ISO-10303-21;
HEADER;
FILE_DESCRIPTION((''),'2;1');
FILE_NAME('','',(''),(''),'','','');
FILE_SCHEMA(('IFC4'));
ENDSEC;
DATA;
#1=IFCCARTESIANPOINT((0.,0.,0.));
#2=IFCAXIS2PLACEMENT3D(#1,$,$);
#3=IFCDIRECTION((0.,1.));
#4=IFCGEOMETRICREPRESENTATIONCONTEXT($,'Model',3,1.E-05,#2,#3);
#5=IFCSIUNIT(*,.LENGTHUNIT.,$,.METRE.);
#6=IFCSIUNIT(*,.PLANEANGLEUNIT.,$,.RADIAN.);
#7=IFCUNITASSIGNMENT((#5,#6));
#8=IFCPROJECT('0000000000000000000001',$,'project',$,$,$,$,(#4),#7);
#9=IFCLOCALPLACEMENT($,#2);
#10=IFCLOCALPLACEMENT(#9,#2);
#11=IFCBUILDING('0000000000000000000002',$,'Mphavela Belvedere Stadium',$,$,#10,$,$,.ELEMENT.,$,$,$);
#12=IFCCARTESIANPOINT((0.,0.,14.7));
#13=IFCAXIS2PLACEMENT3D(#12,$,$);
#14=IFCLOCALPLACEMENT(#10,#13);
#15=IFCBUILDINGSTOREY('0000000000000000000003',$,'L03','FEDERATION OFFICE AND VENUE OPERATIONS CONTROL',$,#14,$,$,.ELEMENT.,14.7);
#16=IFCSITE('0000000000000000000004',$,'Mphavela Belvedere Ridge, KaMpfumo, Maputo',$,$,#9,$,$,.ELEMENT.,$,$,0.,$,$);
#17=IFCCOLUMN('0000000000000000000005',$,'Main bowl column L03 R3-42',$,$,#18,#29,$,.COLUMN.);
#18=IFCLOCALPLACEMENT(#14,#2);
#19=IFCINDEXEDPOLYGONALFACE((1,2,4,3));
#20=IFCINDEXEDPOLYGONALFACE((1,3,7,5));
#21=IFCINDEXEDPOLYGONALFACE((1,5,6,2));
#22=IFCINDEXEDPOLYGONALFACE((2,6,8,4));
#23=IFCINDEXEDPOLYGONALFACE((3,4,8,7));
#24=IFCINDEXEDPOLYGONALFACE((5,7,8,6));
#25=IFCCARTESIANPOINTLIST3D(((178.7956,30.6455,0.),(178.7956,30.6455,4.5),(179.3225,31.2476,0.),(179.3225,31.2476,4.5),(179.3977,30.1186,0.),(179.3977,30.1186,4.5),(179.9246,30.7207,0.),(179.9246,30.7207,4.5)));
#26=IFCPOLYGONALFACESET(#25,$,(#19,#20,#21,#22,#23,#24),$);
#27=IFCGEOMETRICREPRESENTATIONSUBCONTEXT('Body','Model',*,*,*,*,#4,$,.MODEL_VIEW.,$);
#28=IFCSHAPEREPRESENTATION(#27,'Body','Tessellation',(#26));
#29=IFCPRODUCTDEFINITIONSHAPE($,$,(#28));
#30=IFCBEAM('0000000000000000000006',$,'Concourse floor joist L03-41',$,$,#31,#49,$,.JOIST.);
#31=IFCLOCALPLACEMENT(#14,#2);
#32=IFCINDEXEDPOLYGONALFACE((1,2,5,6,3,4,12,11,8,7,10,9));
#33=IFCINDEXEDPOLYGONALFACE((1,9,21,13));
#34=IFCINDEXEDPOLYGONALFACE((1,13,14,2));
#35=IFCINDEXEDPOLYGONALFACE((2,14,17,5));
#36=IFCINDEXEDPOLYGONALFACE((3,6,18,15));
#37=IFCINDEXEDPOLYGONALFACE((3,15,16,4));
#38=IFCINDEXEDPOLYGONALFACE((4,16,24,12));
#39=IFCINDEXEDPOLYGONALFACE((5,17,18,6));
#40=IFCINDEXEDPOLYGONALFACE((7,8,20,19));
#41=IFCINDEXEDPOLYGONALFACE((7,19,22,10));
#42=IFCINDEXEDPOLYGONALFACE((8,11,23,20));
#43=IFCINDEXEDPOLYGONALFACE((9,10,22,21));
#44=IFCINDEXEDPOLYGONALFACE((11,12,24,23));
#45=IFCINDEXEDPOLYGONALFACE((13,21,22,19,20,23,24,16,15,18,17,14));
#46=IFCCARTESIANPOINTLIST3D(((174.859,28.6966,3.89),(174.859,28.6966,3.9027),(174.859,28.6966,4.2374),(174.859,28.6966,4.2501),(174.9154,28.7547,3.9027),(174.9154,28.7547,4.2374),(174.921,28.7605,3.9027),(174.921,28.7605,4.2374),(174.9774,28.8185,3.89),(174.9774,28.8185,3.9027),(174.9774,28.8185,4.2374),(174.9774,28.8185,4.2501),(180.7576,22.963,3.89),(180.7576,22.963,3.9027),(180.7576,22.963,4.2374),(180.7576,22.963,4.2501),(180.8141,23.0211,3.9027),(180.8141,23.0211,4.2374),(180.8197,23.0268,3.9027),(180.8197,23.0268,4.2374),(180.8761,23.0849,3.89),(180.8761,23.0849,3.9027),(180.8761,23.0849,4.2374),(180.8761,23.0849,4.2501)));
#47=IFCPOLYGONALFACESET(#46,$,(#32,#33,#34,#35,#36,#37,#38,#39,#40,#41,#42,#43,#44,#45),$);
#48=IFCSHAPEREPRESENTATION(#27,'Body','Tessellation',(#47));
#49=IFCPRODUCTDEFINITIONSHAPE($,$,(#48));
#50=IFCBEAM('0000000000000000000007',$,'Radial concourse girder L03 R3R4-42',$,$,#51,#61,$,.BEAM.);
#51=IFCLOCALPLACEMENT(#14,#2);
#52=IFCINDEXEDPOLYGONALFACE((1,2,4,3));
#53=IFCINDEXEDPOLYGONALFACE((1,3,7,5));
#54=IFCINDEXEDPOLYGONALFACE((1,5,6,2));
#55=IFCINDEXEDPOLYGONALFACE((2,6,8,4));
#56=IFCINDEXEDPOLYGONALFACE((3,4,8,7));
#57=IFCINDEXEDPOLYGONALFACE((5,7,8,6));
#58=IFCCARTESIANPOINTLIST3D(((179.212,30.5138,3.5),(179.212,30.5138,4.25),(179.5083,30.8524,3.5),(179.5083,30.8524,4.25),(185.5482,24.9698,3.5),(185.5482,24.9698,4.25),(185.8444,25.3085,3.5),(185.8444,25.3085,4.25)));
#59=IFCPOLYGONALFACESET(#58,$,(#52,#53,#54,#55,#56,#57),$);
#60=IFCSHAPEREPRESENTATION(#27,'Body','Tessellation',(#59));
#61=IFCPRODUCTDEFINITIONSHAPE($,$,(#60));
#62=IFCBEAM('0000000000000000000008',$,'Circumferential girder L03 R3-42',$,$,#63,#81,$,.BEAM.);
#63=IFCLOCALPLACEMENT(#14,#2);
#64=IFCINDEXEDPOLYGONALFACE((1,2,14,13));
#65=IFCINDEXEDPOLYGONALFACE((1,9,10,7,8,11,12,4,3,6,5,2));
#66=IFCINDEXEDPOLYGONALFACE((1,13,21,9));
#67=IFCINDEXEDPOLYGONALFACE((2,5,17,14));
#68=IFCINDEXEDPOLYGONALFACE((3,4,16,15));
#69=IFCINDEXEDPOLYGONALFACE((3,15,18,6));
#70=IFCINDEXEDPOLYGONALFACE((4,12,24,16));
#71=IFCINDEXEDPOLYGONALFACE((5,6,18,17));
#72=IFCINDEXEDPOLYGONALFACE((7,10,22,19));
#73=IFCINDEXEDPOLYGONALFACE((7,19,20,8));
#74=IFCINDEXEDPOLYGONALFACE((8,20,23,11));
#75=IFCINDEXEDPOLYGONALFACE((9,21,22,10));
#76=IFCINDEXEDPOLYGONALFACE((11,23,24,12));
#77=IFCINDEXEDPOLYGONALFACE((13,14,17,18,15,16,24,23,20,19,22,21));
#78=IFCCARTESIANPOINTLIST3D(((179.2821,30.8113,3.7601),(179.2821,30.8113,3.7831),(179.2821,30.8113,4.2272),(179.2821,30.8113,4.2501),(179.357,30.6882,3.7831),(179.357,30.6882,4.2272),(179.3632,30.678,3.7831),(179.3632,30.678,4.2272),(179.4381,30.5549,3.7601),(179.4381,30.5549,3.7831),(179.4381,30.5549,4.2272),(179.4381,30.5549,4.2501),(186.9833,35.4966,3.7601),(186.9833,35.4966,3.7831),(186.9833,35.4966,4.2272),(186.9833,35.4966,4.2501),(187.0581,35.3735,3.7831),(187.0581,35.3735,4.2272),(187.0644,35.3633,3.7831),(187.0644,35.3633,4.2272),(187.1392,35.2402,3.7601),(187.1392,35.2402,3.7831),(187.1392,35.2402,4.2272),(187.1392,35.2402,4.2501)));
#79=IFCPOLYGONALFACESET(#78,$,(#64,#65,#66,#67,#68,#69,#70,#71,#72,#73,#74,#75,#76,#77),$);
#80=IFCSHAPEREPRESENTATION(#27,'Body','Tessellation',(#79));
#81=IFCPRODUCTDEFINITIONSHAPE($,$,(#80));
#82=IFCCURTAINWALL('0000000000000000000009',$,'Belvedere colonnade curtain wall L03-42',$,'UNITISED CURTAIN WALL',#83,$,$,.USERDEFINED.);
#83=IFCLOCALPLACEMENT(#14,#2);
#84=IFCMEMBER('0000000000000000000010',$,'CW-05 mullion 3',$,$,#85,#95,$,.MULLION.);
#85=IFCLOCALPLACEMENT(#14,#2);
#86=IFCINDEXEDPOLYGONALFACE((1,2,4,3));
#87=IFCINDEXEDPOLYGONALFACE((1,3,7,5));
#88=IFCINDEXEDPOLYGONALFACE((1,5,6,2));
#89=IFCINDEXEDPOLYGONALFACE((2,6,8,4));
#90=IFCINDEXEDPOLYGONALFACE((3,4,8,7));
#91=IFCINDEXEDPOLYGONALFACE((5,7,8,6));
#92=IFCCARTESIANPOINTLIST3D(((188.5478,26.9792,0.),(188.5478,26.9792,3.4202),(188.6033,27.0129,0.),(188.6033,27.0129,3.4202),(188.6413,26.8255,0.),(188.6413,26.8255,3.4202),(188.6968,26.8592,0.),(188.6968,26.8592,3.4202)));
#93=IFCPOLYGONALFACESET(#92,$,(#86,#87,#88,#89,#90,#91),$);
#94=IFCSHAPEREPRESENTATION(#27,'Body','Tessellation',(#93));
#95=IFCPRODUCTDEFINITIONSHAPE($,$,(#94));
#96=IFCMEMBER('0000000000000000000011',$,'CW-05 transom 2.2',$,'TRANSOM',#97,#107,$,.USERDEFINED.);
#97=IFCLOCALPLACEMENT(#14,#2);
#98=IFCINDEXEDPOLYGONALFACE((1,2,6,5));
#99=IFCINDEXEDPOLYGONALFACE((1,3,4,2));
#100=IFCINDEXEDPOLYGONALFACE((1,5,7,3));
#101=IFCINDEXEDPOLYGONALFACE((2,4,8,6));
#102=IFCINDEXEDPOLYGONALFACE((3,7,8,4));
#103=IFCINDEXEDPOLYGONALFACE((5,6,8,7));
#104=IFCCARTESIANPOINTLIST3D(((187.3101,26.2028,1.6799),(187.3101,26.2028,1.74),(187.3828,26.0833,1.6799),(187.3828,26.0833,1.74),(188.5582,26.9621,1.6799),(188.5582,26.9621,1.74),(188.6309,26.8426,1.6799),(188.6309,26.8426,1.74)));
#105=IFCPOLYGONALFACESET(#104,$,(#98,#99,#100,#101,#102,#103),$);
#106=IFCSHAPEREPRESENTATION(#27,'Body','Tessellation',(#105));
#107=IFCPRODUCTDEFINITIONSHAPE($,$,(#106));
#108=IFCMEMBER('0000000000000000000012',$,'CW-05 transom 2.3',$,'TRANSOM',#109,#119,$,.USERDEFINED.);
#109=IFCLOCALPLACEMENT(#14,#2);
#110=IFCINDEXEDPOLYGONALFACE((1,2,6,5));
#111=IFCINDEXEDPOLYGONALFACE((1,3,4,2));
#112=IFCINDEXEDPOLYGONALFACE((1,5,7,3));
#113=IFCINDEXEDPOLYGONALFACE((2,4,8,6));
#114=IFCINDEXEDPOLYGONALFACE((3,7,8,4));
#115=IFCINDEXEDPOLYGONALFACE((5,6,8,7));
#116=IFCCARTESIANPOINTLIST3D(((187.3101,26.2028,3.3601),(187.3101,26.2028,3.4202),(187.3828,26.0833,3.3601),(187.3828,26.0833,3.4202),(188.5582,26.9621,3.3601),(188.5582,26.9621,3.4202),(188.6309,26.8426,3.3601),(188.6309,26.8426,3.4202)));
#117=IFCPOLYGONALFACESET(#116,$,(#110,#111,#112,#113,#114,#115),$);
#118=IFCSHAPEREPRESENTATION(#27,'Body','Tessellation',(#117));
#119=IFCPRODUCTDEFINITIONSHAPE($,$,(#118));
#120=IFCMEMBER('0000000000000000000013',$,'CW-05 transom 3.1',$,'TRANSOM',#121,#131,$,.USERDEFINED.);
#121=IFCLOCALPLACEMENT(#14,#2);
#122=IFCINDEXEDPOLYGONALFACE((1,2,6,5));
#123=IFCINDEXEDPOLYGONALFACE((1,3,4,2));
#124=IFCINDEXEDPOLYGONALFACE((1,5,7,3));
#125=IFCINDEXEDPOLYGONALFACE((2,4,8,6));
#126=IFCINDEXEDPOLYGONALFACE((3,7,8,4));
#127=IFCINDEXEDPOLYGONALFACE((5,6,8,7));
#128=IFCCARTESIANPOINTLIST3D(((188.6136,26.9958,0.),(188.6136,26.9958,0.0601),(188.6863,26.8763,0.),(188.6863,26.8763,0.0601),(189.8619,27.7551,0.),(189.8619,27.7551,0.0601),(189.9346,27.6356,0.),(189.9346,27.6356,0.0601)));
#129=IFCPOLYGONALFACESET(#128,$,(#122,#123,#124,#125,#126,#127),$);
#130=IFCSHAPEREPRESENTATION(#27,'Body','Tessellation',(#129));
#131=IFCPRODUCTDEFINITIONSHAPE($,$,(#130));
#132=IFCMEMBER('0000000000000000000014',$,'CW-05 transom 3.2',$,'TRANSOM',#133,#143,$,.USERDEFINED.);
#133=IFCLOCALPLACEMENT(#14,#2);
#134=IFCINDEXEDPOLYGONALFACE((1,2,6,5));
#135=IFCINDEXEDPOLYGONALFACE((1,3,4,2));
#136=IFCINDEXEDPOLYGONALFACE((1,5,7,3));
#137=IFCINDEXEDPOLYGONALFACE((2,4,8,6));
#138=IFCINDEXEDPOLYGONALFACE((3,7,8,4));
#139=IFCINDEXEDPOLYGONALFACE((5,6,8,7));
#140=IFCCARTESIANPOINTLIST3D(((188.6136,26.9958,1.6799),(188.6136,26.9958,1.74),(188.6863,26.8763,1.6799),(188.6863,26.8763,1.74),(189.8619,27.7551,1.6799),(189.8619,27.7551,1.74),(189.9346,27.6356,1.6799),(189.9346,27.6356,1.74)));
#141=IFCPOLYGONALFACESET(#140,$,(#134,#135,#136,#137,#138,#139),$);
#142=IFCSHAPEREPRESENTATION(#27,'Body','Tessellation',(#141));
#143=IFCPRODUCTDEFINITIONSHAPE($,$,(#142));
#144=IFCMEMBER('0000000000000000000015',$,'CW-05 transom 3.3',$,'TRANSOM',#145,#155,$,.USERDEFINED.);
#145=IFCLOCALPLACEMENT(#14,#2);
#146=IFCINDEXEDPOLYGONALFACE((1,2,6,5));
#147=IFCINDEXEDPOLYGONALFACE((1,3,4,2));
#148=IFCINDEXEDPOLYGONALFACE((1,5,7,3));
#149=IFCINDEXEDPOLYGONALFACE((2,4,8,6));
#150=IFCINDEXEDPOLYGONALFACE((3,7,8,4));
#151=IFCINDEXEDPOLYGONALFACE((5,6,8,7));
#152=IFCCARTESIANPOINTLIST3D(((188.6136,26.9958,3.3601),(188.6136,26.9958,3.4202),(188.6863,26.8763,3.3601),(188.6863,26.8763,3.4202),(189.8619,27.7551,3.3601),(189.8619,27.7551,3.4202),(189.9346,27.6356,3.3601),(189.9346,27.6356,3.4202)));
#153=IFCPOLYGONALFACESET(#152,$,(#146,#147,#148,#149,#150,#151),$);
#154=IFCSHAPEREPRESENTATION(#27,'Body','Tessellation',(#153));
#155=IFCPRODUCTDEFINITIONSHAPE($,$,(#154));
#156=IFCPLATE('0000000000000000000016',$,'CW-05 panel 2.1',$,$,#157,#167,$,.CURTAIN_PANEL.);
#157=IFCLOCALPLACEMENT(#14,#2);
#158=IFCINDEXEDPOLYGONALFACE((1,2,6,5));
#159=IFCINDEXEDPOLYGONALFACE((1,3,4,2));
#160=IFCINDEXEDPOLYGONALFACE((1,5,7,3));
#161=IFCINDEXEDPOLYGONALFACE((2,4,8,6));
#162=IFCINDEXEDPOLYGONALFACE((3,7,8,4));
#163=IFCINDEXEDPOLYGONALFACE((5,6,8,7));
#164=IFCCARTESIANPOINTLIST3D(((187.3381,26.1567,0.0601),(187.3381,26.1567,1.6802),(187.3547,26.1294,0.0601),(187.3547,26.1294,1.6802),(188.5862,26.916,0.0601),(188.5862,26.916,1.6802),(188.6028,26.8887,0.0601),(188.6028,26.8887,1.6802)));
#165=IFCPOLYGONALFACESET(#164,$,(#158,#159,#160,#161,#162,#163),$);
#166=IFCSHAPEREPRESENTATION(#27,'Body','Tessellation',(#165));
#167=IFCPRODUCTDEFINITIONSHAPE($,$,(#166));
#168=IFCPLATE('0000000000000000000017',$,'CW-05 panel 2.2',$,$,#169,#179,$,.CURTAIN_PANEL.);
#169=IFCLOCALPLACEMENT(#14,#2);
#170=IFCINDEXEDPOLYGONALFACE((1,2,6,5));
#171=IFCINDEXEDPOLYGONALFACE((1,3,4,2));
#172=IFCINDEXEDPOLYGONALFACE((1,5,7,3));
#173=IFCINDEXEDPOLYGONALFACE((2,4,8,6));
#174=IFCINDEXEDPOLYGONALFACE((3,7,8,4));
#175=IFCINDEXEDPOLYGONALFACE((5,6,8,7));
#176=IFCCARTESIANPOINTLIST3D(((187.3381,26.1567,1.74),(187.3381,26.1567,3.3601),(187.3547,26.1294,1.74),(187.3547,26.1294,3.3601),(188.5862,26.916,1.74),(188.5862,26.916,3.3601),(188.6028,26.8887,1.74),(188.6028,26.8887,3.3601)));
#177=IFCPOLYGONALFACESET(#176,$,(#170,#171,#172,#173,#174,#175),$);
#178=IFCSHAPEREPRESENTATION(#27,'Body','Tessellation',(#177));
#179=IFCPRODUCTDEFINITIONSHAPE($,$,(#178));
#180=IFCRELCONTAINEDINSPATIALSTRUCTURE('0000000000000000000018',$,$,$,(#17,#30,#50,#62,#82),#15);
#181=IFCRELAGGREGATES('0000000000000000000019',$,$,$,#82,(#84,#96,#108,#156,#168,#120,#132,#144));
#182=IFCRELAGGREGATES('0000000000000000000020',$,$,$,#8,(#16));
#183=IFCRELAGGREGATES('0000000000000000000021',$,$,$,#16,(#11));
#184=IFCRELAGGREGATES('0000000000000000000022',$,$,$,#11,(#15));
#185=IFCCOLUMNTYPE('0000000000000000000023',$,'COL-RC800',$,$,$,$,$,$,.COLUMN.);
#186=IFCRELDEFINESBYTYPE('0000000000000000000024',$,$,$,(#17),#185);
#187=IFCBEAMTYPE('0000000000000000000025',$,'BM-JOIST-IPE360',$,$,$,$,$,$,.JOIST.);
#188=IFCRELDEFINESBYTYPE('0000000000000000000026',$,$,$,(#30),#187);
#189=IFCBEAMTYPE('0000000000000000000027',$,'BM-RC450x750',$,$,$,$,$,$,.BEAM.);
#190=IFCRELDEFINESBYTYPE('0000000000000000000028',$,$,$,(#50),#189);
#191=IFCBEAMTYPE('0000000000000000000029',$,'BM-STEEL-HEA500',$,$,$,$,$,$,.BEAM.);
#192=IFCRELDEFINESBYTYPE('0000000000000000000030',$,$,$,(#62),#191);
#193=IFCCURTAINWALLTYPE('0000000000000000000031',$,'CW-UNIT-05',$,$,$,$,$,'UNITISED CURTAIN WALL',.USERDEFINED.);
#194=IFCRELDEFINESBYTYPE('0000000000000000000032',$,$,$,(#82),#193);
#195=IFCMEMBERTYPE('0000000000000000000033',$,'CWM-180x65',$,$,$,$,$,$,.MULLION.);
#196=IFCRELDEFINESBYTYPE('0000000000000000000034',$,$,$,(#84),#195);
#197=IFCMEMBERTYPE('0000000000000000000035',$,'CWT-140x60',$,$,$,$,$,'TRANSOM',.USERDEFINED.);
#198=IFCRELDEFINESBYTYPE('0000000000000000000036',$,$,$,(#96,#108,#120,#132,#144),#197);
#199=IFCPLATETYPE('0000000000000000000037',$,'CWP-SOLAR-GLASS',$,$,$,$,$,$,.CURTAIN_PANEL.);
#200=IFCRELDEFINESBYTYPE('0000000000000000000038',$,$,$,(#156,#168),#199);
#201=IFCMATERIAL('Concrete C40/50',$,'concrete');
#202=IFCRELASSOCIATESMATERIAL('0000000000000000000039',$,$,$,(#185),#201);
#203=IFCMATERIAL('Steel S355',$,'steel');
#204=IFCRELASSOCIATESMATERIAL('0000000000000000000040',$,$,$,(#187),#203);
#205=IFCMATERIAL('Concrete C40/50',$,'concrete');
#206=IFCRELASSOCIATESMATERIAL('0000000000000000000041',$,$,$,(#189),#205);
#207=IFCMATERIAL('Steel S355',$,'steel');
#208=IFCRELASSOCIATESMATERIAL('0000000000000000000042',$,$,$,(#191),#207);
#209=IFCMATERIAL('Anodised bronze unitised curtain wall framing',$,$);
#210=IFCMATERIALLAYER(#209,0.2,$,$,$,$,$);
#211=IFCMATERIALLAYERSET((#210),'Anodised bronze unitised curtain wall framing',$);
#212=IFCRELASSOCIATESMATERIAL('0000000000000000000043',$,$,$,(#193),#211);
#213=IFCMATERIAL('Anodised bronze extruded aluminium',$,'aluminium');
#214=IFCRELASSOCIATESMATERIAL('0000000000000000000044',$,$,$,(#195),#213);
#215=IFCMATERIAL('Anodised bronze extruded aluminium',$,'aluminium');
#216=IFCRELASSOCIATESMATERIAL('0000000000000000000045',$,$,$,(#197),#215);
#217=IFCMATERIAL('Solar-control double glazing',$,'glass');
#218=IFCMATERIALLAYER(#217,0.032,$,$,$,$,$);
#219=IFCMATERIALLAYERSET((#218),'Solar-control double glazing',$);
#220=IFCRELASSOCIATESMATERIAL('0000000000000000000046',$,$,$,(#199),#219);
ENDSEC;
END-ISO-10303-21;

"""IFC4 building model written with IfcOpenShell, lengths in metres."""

from ifc_helpers import new_model, si_unit, direction, frame, origin, origin_2d, place, context, subcontext, project, spatial, rectangle, i_section, extrude, material, layer, layer_set, material_profile, profile_set, type_object, element, aggregate, save


model = new_model("IFC4")

# Units and contexts
model_context = context("Model", 3, precision=1e-05, world=origin(), true_north=direction((0.0, 1.0)))
body_context = subcontext(model_context, "Body", "Model", "MODEL_VIEW")
ifc_project = project(units=[si_unit("LENGTHUNIT", "METRE"), si_unit("PLANEANGLEUNIT", "RADIAN")], contexts=[model_context])

# Site, building, storey
site_placement = place(None, origin())
site = spatial("IfcSite", under=ifc_project, at=site_placement, Name="Mphavela Belvedere Ridge, KaMpfumo, Maputo", CompositionType="ELEMENT", RefElevation=0.0)
building_placement = place(site_placement, origin())
building = spatial("IfcBuilding", under=site, at=building_placement, Name="Mphavela Belvedere Stadium", CompositionType="ELEMENT")
storey_placement = place(building_placement, frame((0.0, 0.0, 14.7)))
storey = spatial("IfcBuildingStorey", under=building, at=storey_placement, Name="L03", Description="FEDERATION OFFICE AND VENUE OPERATIONS CONTROL", CompositionType="ELEMENT", Elevation=14.7)

# Column
ifc_material_1 = material(Name="Concrete C40/50", Category="concrete")
ifc_material_profile_1 = material_profile(ifc_material_1, rectangle(XDim=0.8, YDim=0.8, at=origin_2d()), Name="RC 800x800")
ifc_profile_set_1 = profile_set([ifc_material_profile_1], Name="Concrete C40/50")
column_type = type_object("IfcColumnType", Name="COL-RC800", PredefinedType="COLUMN", material=ifc_profile_set_1)
column_placement = place(storey_placement, frame((179.3601, 30.6831, 0.0), z_axis=(0.0, 0.0, 1.0), x_axis=(0.75253, -0.658558, 0.0)))
element("IfcColumn", 1, at=column_placement, inside=storey, type_object=column_type, Name="Main bowl column L03 R3-42", PredefinedType="COLUMN", context=body_context, shape_type="SweptSolid", body=[
    extrude(rectangle(XDim=0.8, YDim=0.8, at=origin_2d()), origin(), (0.0, 0.0, 1.0), 4.5),
])

# Beams
ifc_material_2 = material(Name="Steel S355", Category="steel")
ifc_material_profile_2 = material_profile(ifc_material_2, i_section(OverallWidth=0.1699, OverallDepth=0.3601, WebThickness=0.0081, FlangeThickness=0.0127, at=origin_2d()), Name="IPE 360")
ifc_profile_set_2 = profile_set([ifc_material_profile_2], Name="Steel S355")
beam_type_1 = type_object("IfcBeamType", Name="BM-JOIST-IPE360", PredefinedType="JOIST", material=ifc_profile_set_2)
beam_1_placement = place(storey_placement, frame((174.9182, 28.7576, 4.0701), z_axis=(0.717067, -0.697004, 0.0), x_axis=(0.697004, 0.717067, 0.0)))
element("IfcBeam", 2, at=beam_1_placement, inside=storey, type_object=beam_type_1, Name="Concourse floor joist L03-41", PredefinedType="JOIST", context=body_context, shape_type="SweptSolid", body=[
    extrude(i_section(OverallWidth=0.1699, OverallDepth=0.3601, WebThickness=0.0081, FlangeThickness=0.0127, at=origin_2d()), origin(), (0.0, 0.0, 1.0), 8.2261),
])
ifc_material_3 = material(Name="Concrete C40/50", Category="concrete")
ifc_material_profile_3 = material_profile(ifc_material_3, rectangle(XDim=0.45, YDim=0.75, at=origin_2d()), Name="RC 450x750")
ifc_profile_set_3 = profile_set([ifc_material_profile_3], Name="Concrete C40/50")
beam_type_2 = type_object("IfcBeamType", Name="BM-RC450x750", PredefinedType="BEAM", material=ifc_profile_set_3)
beam_2_placement = place(storey_placement, frame((179.3601, 30.6831, 3.875), z_axis=(0.752589, -0.65849, 0.0), x_axis=(0.65849, 0.752589, 0.0)))
element("IfcBeam", 3, at=beam_2_placement, inside=storey, type_object=beam_type_2, Name="Radial concourse girder L03 R3R4-42", PredefinedType="BEAM", context=body_context, shape_type="SweptSolid", body=[
    extrude(rectangle(XDim=0.45, YDim=0.75, at=origin_2d()), origin(), (0.0, 0.0, 1.0), 8.4192),
])
ifc_material_4 = material(Name="Steel S355", Category="steel")
ifc_material_profile_4 = material_profile(ifc_material_4, i_section(OverallWidth=0.3, OverallDepth=0.49, WebThickness=0.012, FlangeThickness=0.0229, at=origin_2d()), Name="HEA 500")
ifc_profile_set_4 = profile_set([ifc_material_profile_4], Name="Steel S355")
beam_type_3 = type_object("IfcBeamType", Name="BM-STEEL-HEA500", PredefinedType="BEAM", material=ifc_profile_set_4)
beam_3_placement = place(storey_placement, frame((179.3601, 30.6831, 4.0051), z_axis=(0.854315, 0.519755, 0.0), x_axis=(-0.519755, 0.854315, 0.0)))
element("IfcBeam", 4, at=beam_3_placement, inside=storey, type_object=beam_type_3, Name="Circumferential girder L03 R3-42", PredefinedType="BEAM", context=body_context, shape_type="SweptSolid", body=[
    extrude(i_section(OverallWidth=0.3, OverallDepth=0.49, WebThickness=0.012, FlangeThickness=0.0229, at=origin_2d()), origin(), (0.0, 0.0, 1.0), 9.0144),
])

# Curtain wall, members, plates
ifc_material_5 = material(Name="Anodised bronze unitised curtain wall framing")
ifc_layer_1 = layer(ifc_material_5, 0.2)
ifc_layer_set_1 = layer_set([ifc_layer_1], Name="Anodised bronze unitised curtain wall framing")
curtain_wall_type = type_object("IfcCurtainWallType", Name="CW-UNIT-05", ElementType="UNITISED CURTAIN WALL", PredefinedType="USERDEFINED", material=ifc_layer_set_1)
curtain_wall_placement = place(storey_placement, origin())
curtain_wall = element("IfcCurtainWall", 5, at=curtain_wall_placement, inside=storey, type_object=curtain_wall_type, Name="Belvedere colonnade curtain wall L03-42", ObjectType="UNITISED CURTAIN WALL", PredefinedType="USERDEFINED")
ifc_material_6 = material(Name="Anodised bronze extruded aluminium", Category="aluminium")
ifc_material_profile_5 = material_profile(ifc_material_6, rectangle(XDim=0.1799, YDim=0.0649, at=origin_2d()), Name="CW-MUL 180x65")
ifc_profile_set_5 = profile_set([ifc_material_profile_5], Name="Anodised bronze extruded aluminium")
member_type_1 = type_object("IfcMemberType", Name="CWM-180x65", PredefinedType="MULLION", material=ifc_profile_set_5)
member_1_placement = place(storey_placement, frame((188.6223, 26.9192, 0.0), z_axis=(0.0, 0.0, 1.0), x_axis=(-0.519738, 0.854325, 0.0)))
member_1 = element("IfcMember", 6, at=member_1_placement, type_object=member_type_1, Name="CW-05 mullion 3", PredefinedType="MULLION", context=body_context, shape_type="SweptSolid", body=[
    extrude(rectangle(XDim=0.1799, YDim=0.0649, at=origin_2d()), origin(), (0.0, 0.0, 1.0), 3.4202),
])
ifc_material_7 = material(Name="Anodised bronze extruded aluminium", Category="aluminium")
ifc_material_profile_6 = material_profile(ifc_material_7, rectangle(XDim=0.1399, YDim=0.0601, at=origin_2d()), Name="CW-TRN 140x60")
ifc_profile_set_6 = profile_set([ifc_material_profile_6], Name="Anodised bronze extruded aluminium")
member_type_2 = type_object("IfcMemberType", Name="CWT-140x60", ElementType="TRANSOM", PredefinedType="USERDEFINED", material=ifc_profile_set_6)
member_2_placement = place(storey_placement, frame((187.3464, 26.1431, 1.71), z_axis=(0.854321, 0.519745, 0.0), x_axis=(-0.519745, 0.854321, 0.0)))
member_2 = element("IfcMember", 7, at=member_2_placement, type_object=member_type_2, Name="CW-05 transom 2.2", ObjectType="TRANSOM", PredefinedType="USERDEFINED", context=body_context, shape_type="SweptSolid", body=[
    extrude(rectangle(XDim=0.1399, YDim=0.0601, at=origin_2d()), origin(), (0.0, 0.0, 1.0), 1.4609),
])
member_3_placement = place(storey_placement, frame((187.3464, 26.1431, 3.3901), z_axis=(0.854321, 0.519745, 0.0), x_axis=(-0.519745, 0.854321, 0.0)))
member_3 = element("IfcMember", 8, at=member_3_placement, type_object=member_type_2, Name="CW-05 transom 2.3", ObjectType="TRANSOM", PredefinedType="USERDEFINED", context=body_context, shape_type="SweptSolid", body=[
    extrude(rectangle(XDim=0.1399, YDim=0.0601, at=origin_2d()), origin(), (0.0, 0.0, 1.0), 1.4609),
])
member_4_placement = place(storey_placement, frame((188.6499, 26.936, 0.03), z_axis=(0.854366, 0.519671, 0.0), x_axis=(-0.519671, 0.854366, 0.0)))
member_4 = element("IfcMember", 9, at=member_4_placement, type_object=member_type_2, Name="CW-05 transom 3.1", ObjectType="TRANSOM", PredefinedType="USERDEFINED", context=body_context, shape_type="SweptSolid", body=[
    extrude(rectangle(XDim=0.1399, YDim=0.0601, at=origin_2d()), origin(), (0.0, 0.0, 1.0), 1.4612),
])
member_5_placement = place(storey_placement, frame((188.6499, 26.936, 1.71), z_axis=(0.854366, 0.519671, 0.0), x_axis=(-0.519671, 0.854366, 0.0)))
member_5 = element("IfcMember", 10, at=member_5_placement, type_object=member_type_2, Name="CW-05 transom 3.2", ObjectType="TRANSOM", PredefinedType="USERDEFINED", context=body_context, shape_type="SweptSolid", body=[
    extrude(rectangle(XDim=0.1399, YDim=0.0601, at=origin_2d()), origin(), (0.0, 0.0, 1.0), 1.4612),
])
member_6_placement = place(storey_placement, frame((188.6499, 26.936, 3.3901), z_axis=(0.854366, 0.519671, 0.0), x_axis=(-0.519671, 0.854366, 0.0)))
member_6 = element("IfcMember", 11, at=member_6_placement, type_object=member_type_2, Name="CW-05 transom 3.3", ObjectType="TRANSOM", PredefinedType="USERDEFINED", context=body_context, shape_type="SweptSolid", body=[
    extrude(rectangle(XDim=0.1399, YDim=0.0601, at=origin_2d()), origin(), (0.0, 0.0, 1.0), 1.4612),
])
ifc_material_8 = material(Name="Solar-control double glazing", Category="glass")
ifc_layer_2 = layer(ifc_material_8, 0.032)
ifc_layer_set_2 = layer_set([ifc_layer_2], Name="Solar-control double glazing")
plate_type = type_object("IfcPlateType", Name="CWP-SOLAR-GLASS", PredefinedType="CURTAIN_PANEL", material=ifc_layer_set_2)
plate_1_placement = place(storey_placement, frame((187.9705, 26.5227, 0.0601), z_axis=(0.0, 0.0, 1.0), x_axis=(0.854325, 0.519738, 0.0)))
plate_1 = element("IfcPlate", 12, at=plate_1_placement, type_object=plate_type, Name="CW-05 panel 2.1", PredefinedType="CURTAIN_PANEL", context=body_context, shape_type="SweptSolid", body=[
    extrude(rectangle(XDim=1.4609, YDim=0.032, at=origin_2d()), origin(), (0.0, 0.0, 1.0), 1.6201),
])
plate_2_placement = place(storey_placement, frame((187.9705, 26.5227, 1.74), z_axis=(0.0, 0.0, 1.0), x_axis=(0.854325, 0.519738, 0.0)))
plate_2 = element("IfcPlate", 13, at=plate_2_placement, type_object=plate_type, Name="CW-05 panel 2.2", PredefinedType="CURTAIN_PANEL", context=body_context, shape_type="SweptSolid", body=[
    extrude(rectangle(XDim=1.4609, YDim=0.032, at=origin_2d()), origin(), (0.0, 0.0, 1.0), 1.6201),
])
aggregate(curtain_wall, [member_1, member_2, member_3, plate_1, plate_2, member_4, member_5, member_6])

save(model, "model.ifc")
